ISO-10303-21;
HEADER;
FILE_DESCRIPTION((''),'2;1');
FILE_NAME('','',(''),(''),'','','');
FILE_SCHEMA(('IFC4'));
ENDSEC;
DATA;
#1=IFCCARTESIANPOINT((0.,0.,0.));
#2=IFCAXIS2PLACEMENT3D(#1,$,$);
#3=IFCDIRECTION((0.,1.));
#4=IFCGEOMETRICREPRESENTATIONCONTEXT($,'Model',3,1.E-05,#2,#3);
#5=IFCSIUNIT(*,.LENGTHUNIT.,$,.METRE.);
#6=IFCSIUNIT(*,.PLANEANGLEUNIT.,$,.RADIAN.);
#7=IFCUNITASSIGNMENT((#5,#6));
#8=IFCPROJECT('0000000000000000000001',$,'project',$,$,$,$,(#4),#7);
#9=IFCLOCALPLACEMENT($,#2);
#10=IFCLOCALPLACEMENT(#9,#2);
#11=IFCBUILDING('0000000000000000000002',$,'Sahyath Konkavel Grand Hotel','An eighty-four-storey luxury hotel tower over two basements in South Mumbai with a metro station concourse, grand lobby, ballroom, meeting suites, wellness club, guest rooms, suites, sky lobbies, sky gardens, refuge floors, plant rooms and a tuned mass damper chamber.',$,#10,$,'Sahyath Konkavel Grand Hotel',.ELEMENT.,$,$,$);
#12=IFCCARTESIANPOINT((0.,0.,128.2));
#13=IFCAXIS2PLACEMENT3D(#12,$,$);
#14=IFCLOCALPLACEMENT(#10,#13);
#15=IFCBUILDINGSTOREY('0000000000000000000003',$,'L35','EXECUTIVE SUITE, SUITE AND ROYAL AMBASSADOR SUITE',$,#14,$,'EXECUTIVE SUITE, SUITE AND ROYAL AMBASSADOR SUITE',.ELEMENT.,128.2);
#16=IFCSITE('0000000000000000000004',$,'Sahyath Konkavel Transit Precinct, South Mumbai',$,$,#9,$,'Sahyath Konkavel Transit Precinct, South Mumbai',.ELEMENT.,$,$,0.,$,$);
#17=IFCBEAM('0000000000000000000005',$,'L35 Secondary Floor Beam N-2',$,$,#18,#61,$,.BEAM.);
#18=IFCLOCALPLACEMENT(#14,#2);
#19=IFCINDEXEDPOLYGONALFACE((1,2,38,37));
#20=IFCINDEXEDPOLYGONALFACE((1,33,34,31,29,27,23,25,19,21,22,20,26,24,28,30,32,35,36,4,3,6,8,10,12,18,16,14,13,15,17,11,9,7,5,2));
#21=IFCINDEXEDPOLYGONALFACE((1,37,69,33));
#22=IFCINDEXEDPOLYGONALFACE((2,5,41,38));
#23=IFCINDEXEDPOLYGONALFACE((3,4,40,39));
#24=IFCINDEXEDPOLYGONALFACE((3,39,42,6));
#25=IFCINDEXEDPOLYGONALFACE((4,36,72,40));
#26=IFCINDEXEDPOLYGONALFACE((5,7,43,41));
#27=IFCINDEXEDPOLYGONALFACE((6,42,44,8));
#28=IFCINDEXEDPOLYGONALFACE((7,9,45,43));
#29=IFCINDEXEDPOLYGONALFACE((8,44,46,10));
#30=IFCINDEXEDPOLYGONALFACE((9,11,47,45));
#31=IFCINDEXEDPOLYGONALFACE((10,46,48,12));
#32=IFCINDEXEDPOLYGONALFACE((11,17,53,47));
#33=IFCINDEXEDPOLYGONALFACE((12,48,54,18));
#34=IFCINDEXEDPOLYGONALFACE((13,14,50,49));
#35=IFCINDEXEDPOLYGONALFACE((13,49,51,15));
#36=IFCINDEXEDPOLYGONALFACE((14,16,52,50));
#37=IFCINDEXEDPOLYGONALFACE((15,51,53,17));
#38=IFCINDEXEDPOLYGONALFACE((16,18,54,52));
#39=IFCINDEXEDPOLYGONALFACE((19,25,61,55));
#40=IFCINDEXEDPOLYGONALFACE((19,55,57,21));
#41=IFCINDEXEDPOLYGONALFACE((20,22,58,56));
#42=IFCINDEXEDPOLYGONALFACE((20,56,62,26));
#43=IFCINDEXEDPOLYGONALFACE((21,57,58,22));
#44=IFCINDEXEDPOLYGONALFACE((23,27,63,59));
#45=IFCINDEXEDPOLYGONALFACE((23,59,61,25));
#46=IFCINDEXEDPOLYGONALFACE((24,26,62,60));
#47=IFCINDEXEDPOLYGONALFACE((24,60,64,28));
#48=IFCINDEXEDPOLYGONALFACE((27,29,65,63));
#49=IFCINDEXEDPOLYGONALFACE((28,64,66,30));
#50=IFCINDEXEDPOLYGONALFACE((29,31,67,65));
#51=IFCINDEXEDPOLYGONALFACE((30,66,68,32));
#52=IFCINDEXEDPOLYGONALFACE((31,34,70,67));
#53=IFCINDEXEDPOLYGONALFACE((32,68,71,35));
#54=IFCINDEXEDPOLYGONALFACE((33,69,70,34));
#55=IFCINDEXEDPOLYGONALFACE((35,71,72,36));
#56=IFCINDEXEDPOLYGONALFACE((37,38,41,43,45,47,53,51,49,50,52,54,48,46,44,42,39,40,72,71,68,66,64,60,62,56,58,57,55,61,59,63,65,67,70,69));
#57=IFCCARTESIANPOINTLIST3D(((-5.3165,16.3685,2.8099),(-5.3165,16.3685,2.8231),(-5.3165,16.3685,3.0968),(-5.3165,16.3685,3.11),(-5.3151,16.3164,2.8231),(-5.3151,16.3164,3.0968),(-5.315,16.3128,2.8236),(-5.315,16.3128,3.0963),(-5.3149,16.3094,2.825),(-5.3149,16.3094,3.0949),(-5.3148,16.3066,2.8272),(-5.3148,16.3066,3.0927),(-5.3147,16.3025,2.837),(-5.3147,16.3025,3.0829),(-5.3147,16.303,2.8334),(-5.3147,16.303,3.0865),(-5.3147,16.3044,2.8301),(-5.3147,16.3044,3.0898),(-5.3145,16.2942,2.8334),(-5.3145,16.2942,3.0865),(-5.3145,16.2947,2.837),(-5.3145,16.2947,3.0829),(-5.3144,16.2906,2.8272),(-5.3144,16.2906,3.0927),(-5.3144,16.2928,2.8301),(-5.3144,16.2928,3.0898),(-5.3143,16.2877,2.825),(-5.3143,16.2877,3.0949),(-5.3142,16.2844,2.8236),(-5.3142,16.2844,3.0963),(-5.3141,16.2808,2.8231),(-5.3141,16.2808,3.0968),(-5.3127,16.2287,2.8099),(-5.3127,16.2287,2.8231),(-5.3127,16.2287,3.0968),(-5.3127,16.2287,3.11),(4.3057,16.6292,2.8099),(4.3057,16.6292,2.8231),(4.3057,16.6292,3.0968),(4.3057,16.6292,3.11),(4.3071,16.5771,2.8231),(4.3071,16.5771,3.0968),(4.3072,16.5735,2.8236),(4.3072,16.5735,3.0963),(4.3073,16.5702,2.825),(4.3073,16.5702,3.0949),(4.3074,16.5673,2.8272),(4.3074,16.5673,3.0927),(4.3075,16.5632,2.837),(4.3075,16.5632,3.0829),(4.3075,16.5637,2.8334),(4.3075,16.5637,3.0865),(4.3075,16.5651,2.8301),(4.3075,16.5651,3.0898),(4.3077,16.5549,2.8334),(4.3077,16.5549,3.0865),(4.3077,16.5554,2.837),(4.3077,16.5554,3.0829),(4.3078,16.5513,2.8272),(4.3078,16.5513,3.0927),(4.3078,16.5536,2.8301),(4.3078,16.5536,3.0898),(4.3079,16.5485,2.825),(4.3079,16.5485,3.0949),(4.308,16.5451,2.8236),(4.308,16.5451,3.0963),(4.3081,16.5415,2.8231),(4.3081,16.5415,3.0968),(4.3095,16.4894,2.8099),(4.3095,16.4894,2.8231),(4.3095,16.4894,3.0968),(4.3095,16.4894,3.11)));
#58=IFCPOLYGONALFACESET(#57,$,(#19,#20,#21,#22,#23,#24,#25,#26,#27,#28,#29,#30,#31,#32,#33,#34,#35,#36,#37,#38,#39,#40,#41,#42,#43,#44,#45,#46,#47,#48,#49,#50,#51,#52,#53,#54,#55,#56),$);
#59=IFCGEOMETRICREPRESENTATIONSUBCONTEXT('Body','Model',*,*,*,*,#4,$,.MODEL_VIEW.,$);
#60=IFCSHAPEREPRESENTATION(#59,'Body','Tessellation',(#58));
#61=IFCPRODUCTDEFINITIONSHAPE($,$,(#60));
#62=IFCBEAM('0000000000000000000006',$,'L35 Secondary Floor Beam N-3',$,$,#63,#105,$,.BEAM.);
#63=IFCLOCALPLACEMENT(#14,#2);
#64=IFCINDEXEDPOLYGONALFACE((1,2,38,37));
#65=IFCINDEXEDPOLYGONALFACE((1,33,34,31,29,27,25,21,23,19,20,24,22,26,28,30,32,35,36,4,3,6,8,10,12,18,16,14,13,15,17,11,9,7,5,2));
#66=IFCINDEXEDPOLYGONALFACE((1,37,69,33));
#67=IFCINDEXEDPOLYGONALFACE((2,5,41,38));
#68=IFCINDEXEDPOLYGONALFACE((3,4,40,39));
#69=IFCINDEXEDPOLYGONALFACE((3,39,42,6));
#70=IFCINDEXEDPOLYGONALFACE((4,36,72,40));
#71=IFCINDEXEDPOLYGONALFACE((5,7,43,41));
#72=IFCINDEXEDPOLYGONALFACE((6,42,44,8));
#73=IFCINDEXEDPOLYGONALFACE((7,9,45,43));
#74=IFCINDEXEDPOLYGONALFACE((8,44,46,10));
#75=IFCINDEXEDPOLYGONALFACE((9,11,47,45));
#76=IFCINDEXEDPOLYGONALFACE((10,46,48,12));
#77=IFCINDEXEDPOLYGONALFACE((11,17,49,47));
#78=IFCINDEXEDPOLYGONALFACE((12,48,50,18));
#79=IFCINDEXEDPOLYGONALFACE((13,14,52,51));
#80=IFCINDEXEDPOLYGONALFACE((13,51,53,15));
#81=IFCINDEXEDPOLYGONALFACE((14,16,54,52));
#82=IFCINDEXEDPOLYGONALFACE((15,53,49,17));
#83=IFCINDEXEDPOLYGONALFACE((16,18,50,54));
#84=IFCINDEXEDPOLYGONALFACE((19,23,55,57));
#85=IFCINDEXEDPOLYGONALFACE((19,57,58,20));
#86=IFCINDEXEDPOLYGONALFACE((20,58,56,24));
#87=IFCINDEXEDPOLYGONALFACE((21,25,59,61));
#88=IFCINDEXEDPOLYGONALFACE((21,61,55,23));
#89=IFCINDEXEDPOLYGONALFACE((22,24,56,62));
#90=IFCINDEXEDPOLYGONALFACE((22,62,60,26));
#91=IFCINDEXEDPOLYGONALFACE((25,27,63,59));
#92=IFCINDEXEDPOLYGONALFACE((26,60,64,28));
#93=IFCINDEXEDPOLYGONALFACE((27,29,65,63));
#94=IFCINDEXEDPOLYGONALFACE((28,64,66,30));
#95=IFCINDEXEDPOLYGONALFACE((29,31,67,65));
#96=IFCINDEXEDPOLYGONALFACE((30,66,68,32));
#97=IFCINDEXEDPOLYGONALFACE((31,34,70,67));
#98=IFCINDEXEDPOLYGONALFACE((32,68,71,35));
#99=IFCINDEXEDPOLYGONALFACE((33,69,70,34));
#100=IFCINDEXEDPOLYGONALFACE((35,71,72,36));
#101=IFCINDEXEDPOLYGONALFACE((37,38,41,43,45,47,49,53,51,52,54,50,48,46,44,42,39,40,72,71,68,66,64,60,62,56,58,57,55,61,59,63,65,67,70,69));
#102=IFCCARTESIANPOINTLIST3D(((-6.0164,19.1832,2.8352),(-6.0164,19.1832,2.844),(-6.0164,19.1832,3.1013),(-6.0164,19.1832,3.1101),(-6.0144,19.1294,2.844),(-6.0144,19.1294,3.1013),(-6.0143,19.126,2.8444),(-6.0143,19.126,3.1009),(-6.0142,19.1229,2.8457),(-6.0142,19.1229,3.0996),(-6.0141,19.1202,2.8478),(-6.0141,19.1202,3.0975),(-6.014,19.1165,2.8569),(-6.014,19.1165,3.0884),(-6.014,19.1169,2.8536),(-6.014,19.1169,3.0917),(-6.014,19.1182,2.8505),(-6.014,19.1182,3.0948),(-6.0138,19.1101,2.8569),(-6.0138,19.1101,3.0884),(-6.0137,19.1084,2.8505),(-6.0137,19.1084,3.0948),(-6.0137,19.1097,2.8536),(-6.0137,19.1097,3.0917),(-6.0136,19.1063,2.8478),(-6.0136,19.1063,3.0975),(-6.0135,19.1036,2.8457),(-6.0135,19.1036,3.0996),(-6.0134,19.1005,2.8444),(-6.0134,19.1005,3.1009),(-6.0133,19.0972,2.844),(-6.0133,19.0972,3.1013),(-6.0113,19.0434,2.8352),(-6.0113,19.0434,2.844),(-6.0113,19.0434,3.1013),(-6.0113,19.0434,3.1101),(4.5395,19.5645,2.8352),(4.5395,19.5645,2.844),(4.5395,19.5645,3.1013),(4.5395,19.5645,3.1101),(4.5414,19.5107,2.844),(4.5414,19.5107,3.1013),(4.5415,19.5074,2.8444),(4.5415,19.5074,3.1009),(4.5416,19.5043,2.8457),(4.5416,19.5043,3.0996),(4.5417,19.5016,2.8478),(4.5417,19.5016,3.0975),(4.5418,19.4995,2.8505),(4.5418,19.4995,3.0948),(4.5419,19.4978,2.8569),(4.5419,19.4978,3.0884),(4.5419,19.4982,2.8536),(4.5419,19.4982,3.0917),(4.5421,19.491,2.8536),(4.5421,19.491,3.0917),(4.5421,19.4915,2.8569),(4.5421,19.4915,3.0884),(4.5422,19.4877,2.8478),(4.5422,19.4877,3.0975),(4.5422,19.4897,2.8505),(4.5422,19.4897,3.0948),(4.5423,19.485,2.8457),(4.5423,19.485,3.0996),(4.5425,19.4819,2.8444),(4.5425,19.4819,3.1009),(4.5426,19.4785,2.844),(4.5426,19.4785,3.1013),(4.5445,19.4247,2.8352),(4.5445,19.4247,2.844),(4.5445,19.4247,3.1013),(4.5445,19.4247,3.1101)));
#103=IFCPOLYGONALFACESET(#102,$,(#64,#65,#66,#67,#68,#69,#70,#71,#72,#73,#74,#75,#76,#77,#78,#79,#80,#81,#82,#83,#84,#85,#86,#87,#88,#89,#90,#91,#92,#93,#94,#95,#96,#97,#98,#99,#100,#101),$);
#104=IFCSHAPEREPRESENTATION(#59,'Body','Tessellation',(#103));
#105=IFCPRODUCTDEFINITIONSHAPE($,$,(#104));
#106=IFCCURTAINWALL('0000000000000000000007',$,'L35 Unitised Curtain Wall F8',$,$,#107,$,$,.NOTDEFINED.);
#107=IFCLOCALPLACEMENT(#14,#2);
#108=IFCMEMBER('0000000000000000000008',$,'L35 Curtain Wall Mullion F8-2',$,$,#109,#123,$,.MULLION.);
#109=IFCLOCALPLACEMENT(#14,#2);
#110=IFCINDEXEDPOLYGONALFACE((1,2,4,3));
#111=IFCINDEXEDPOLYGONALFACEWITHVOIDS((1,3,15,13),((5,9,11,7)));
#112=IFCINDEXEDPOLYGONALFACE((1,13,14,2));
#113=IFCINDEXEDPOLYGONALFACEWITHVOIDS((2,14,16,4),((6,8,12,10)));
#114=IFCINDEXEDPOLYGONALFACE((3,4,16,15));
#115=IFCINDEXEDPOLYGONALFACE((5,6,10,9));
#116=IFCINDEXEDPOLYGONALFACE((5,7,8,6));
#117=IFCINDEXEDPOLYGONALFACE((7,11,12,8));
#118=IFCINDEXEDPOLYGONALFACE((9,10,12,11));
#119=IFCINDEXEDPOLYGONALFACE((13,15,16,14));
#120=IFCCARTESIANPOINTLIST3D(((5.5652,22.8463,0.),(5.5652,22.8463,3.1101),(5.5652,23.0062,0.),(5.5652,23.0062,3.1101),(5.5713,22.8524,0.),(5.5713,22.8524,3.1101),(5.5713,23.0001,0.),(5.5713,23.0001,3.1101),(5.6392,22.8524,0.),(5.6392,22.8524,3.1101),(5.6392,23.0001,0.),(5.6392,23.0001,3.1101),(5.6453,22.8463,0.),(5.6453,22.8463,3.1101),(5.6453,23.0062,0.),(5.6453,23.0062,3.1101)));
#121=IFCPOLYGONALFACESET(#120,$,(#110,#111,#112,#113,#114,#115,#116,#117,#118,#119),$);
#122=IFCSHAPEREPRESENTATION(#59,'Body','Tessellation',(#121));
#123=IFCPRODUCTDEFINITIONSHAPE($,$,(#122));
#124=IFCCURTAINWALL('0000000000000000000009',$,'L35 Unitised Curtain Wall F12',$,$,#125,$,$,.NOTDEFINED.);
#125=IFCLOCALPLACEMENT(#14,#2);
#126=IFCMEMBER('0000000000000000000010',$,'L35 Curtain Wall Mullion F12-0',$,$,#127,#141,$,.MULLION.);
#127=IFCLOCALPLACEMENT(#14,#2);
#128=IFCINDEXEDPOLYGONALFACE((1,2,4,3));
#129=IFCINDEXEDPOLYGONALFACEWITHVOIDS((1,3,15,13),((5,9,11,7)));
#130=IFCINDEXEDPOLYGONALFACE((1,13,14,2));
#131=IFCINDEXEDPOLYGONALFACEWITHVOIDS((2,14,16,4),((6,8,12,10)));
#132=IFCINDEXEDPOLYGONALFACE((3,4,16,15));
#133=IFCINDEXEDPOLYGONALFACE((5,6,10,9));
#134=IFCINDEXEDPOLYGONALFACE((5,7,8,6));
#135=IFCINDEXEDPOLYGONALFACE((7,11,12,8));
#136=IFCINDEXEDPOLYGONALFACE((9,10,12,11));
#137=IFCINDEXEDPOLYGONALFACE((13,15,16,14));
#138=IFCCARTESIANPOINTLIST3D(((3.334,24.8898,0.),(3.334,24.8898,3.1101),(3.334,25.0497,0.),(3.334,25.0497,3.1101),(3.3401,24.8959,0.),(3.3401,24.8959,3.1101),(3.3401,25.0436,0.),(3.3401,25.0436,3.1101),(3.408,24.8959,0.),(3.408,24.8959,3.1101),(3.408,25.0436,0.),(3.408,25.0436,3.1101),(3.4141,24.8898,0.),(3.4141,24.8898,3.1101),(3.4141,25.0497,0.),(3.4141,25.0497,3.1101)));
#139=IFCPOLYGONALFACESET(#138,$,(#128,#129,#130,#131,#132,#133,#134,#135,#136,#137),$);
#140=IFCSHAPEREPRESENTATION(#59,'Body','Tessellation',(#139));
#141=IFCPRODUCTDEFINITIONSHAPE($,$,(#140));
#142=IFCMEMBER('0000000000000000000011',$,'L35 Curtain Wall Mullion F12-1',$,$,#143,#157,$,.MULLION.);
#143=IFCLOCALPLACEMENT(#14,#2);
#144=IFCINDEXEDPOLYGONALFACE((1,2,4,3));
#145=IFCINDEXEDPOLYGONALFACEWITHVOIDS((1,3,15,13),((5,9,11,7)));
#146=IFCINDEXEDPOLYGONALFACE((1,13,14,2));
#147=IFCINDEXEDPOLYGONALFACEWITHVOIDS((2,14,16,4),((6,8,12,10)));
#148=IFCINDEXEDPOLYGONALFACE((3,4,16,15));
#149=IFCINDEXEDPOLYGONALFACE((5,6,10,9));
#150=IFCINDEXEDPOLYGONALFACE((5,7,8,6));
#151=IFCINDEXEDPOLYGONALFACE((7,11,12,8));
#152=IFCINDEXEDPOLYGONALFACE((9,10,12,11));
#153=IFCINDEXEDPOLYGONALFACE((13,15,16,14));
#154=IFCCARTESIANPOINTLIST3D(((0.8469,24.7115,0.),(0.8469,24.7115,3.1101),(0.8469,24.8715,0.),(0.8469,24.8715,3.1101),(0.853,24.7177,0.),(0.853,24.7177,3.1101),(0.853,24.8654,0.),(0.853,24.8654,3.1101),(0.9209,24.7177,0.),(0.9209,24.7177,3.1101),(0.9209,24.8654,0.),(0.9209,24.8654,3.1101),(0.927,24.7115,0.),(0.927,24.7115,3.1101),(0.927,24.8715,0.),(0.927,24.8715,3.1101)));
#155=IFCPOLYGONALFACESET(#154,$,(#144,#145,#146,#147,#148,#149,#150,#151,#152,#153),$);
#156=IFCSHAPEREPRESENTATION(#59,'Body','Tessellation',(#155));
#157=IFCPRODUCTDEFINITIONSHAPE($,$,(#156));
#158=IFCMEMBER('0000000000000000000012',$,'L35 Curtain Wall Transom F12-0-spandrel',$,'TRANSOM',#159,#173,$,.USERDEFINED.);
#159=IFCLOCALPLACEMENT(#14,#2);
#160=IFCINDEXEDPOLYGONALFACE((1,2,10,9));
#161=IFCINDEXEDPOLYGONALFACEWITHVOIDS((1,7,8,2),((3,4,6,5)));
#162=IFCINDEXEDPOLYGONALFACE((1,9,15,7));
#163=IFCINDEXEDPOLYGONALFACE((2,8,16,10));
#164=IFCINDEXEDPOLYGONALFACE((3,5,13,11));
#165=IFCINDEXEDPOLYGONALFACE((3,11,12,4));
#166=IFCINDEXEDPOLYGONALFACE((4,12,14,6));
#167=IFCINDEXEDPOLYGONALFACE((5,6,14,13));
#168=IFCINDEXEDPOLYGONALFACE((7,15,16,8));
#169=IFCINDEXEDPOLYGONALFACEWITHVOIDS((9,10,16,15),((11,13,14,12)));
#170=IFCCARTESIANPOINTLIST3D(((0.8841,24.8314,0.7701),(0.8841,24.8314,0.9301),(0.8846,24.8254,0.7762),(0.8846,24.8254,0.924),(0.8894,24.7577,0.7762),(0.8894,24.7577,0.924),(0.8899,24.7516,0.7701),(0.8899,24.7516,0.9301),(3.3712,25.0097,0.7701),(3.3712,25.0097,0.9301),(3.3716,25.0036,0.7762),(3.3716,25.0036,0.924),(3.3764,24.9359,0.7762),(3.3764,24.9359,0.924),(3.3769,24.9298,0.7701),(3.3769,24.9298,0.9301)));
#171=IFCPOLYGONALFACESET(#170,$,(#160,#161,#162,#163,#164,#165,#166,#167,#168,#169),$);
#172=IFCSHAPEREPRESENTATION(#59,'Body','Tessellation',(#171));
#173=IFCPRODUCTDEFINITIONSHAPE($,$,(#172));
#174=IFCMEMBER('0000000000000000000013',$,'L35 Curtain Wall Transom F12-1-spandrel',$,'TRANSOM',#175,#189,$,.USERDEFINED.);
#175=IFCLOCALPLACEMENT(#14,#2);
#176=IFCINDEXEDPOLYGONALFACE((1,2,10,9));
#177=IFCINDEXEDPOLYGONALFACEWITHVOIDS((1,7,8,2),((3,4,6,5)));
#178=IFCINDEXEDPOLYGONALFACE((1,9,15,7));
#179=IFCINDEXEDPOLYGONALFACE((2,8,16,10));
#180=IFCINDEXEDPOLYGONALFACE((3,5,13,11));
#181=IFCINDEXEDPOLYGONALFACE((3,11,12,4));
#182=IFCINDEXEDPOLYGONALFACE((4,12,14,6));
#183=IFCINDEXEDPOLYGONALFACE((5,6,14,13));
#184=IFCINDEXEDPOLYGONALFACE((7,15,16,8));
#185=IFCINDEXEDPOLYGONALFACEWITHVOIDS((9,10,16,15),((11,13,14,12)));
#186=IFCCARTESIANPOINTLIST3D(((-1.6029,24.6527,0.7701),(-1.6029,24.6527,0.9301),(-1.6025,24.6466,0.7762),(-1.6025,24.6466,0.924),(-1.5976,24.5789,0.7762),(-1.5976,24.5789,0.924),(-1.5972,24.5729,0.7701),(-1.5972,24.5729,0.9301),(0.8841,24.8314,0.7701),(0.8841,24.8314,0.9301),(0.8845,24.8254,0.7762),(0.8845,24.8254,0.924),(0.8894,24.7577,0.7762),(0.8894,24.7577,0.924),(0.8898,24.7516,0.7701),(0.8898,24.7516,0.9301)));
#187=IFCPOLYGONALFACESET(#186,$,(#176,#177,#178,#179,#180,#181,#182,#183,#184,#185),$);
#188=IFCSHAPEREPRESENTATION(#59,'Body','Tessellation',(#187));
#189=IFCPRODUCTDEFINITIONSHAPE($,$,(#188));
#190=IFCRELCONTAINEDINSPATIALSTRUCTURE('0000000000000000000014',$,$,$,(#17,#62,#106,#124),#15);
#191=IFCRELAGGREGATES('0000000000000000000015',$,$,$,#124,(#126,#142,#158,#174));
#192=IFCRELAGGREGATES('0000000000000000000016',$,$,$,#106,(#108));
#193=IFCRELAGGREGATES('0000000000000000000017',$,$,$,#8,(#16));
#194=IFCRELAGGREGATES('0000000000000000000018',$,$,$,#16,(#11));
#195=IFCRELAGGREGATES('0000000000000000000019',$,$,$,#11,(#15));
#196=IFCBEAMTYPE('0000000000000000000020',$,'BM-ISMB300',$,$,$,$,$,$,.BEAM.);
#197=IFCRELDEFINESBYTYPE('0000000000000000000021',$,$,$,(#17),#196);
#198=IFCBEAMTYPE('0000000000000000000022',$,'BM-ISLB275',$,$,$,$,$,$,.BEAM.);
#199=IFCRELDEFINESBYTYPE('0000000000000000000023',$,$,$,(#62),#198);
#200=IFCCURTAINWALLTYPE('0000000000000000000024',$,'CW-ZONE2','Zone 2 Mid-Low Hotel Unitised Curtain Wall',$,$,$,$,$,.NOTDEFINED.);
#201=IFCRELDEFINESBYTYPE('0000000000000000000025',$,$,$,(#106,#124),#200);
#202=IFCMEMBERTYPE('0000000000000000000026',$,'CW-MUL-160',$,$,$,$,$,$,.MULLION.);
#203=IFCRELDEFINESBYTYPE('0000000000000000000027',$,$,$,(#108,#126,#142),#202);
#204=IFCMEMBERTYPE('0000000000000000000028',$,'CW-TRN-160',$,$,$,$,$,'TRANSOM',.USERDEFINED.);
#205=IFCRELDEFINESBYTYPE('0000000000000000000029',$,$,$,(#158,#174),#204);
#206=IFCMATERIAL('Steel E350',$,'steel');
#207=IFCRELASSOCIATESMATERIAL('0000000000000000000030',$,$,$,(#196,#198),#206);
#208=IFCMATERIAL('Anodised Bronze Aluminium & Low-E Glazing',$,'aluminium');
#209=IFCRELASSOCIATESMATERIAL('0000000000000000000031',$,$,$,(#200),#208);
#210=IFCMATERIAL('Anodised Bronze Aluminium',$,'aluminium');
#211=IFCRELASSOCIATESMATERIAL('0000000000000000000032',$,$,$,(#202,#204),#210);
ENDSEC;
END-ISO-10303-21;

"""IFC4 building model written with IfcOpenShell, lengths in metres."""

from ifc_helpers import new_model, si_unit, direction, frame, origin, origin_2d, place, context, subcontext, project, spatial, hollow_rectangle, i_section, extrude, source, transform, mapped, material, material_profile, profile_set, type_object, element, aggregate, save


model = new_model("IFC4")

# Units and contexts
model_context = context("Model", 3, precision=1e-05, world=origin(), true_north=direction((0.0, 1.0)))
body_context = subcontext(model_context, "Body", "Model", "MODEL_VIEW")
ifc_project = project(units=[si_unit("LENGTHUNIT", "METRE"), si_unit("PLANEANGLEUNIT", "RADIAN")], contexts=[model_context])

# Site, building, storey
site_placement = place(None, origin())
site = spatial("IfcSite", under=ifc_project, at=site_placement, Name="Sahyath Konkavel Transit Precinct, South Mumbai", LongName="Sahyath Konkavel Transit Precinct, South Mumbai", CompositionType="ELEMENT", RefElevation=0.0)
building_placement = place(site_placement, origin())
building = spatial("IfcBuilding", under=site, at=building_placement, Name="Sahyath Konkavel Grand Hotel", Description="An eighty-four-storey luxury hotel tower over two basements in South Mumbai with a metro station concourse, grand lobby, ballroom, meeting suites, wellness club, guest rooms, suites, sky lobbies, sky gardens, refuge floors, plant rooms and a tuned mass damper chamber.", LongName="Sahyath Konkavel Grand Hotel", CompositionType="ELEMENT")
storey_placement = place(building_placement, frame((0.0, 0.0, 128.2)))
storey = spatial("IfcBuildingStorey", under=building, at=storey_placement, Name="L35", Description="EXECUTIVE SUITE, SUITE AND ROYAL AMBASSADOR SUITE", LongName="EXECUTIVE SUITE, SUITE AND ROYAL AMBASSADOR SUITE", CompositionType="ELEMENT", Elevation=128.2)

# Beams
ifc_material_1 = material(Name="Steel E350", Category="steel")
ifc_material_profile_1 = material_profile(ifc_material_1, i_section(OverallWidth=0.1399, OverallDepth=0.3, WebThickness=0.0078, FlangeThickness=0.0132, FilletRadius=0.0139, at=origin_2d()), Name="ISMB 300")
ifc_profile_set_1 = profile_set([ifc_material_profile_1], Name="Steel E350")
beam_type_1 = type_object("IfcBeamType", Name="BM-ISMB300", PredefinedType="BEAM", material=ifc_profile_set_1)
shared_shape_1 = source(origin(), body_context, "Body", "SweptSolid", [
    extrude(i_section(OverallWidth=0.1399, OverallDepth=0.3, WebThickness=0.0078, FlangeThickness=0.0132, FilletRadius=0.0139, at=origin_2d()), origin(), (0.0, 0.0, 1.0), 9.6257),
])
beam_1_placement = place(storey_placement, frame((4.3076, 16.5593, 2.96), z_axis=(-0.999633, -0.027088, 0.0), x_axis=(0.027088, -0.999633, 0.0)))
element("IfcBeam", 1, at=beam_1_placement, inside=storey, type_object=beam_type_1, Name="L35 Secondary Floor Beam N-2", PredefinedType="BEAM", context=body_context, shape_type="MappedRepresentation", body=[
    mapped(shared_shape_1, transform((0.0, 0.0, 0.0), scale=1.0)),
])
ifc_material_profile_2 = material_profile(ifc_material_1, i_section(OverallWidth=0.1399, OverallDepth=0.2749, WebThickness=0.0063, FlangeThickness=0.0088, FilletRadius=0.0129, at=origin_2d()), Name="ISLB 275")
ifc_profile_set_2 = profile_set([ifc_material_profile_2], Name="Steel E350")
beam_type_2 = type_object("IfcBeamType", Name="BM-ISLB275", PredefinedType="BEAM", material=ifc_profile_set_2)
shared_shape_2 = source(origin(), body_context, "Body", "SweptSolid", [
    extrude(i_section(OverallWidth=0.1399, OverallDepth=0.2749, WebThickness=0.0063, FlangeThickness=0.0088, FilletRadius=0.0129, at=origin_2d()), origin(), (0.0, 0.0, 1.0), 10.5627),
])
beam_2_placement = place(storey_placement, frame((4.542, 19.4946, 2.9727), z_axis=(-0.999348, -0.036103, 0.0), x_axis=(0.036103, -0.999348, 0.0)))
element("IfcBeam", 2, at=beam_2_placement, inside=storey, type_object=beam_type_2, Name="L35 Secondary Floor Beam N-3", PredefinedType="BEAM", context=body_context, shape_type="MappedRepresentation", body=[
    mapped(shared_shape_2, transform((0.0, 0.0, 0.0), scale=1.0)),
])

# Curtain wall, member
ifc_material_2 = material(Name="Anodised Bronze Aluminium & Low-E Glazing", Category="aluminium")
curtain_wall_type = type_object("IfcCurtainWallType", Name="CW-ZONE2", Description="Zone 2 Mid-Low Hotel Unitised Curtain Wall", PredefinedType="NOTDEFINED", material=ifc_material_2)
curtain_wall_1_placement = place(storey_placement, origin())
curtain_wall_1 = element("IfcCurtainWall", 3, at=curtain_wall_1_placement, inside=storey, type_object=curtain_wall_type, Name="L35 Unitised Curtain Wall F8", PredefinedType="NOTDEFINED")
ifc_material_3 = material(Name="Anodised Bronze Aluminium", Category="aluminium")
ifc_material_profile_3 = material_profile(ifc_material_3, hollow_rectangle(XDim=0.0801, YDim=0.1599, WallThickness=0.0061, at=origin_2d()), Name="RHS 160x80x6")
ifc_profile_set_3 = profile_set([ifc_material_profile_3], Name="Anodised Bronze Aluminium")
member_type_1 = type_object("IfcMemberType", Name="CW-MUL-160", PredefinedType="MULLION", material=ifc_profile_set_3)
shared_shape_3 = source(origin(), body_context, "Body", "SweptSolid", [
    extrude(hollow_rectangle(XDim=0.0801, YDim=0.1599, WallThickness=0.0061, at=origin_2d()), origin(), (0.0, 0.0, 1.0), 3.1101),
])
member_1_placement = place(storey_placement, frame((5.6052, 22.9263, 0.0), z_axis=(0.0, 0.0, 1.0), x_axis=(1.0, 0.0, 0.0)))
member_1 = element("IfcMember", 4, at=member_1_placement, type_object=member_type_1, Name="L35 Curtain Wall Mullion F8-2", PredefinedType="MULLION", context=body_context, shape_type="MappedRepresentation", body=[
    mapped(shared_shape_3, transform((0.0, 0.0, 0.0), scale=1.0)),
])

# Curtain wall, members
curtain_wall_2_placement = place(storey_placement, origin())
curtain_wall_2 = element("IfcCurtainWall", 5, at=curtain_wall_2_placement, inside=storey, type_object=curtain_wall_type, Name="L35 Unitised Curtain Wall F12", PredefinedType="NOTDEFINED")
member_2_placement = place(storey_placement, frame((3.374, 24.9697, 0.0), z_axis=(0.0, 0.0, 1.0), x_axis=(1.0, 0.0, 0.0)))
member_2 = element("IfcMember", 6, at=member_2_placement, type_object=member_type_1, Name="L35 Curtain Wall Mullion F12-0", PredefinedType="MULLION", context=body_context, shape_type="MappedRepresentation", body=[
    mapped(shared_shape_3, transform((0.0, 0.0, 0.0), scale=1.0)),
])
member_3_placement = place(storey_placement, frame((0.887, 24.7915, 0.0), z_axis=(0.0, 0.0, 1.0), x_axis=(1.0, 0.0, 0.0)))
member_3 = element("IfcMember", 7, at=member_3_placement, type_object=member_type_1, Name="L35 Curtain Wall Mullion F12-1", PredefinedType="MULLION", context=body_context, shape_type="MappedRepresentation", body=[
    mapped(shared_shape_3, transform((0.0, 0.0, 0.0), scale=1.0)),
])
ifc_material_profile_4 = material_profile(ifc_material_3, hollow_rectangle(XDim=0.0801, YDim=0.1599, WallThickness=0.0061, at=origin_2d()), Name="RHS 160x80x6")
ifc_profile_set_4 = profile_set([ifc_material_profile_4], Name="Anodised Bronze Aluminium")
member_type_2 = type_object("IfcMemberType", Name="CW-TRN-160", ElementType="TRANSOM", PredefinedType="USERDEFINED", material=ifc_profile_set_4)
shared_shape_4 = source(origin(), body_context, "Body", "SweptSolid", [
    extrude(hollow_rectangle(XDim=0.0801, YDim=0.1599, WallThickness=0.0061, at=origin_2d()), origin(), (0.0, 0.0, 1.0), 2.4934),
])
member_4_placement = place(storey_placement, frame((3.374, 24.9697, 0.8501), z_axis=(-0.997442, -0.071477, 0.0), x_axis=(0.071477, -0.997442, 0.0)))
member_4 = element("IfcMember", 8, at=member_4_placement, type_object=member_type_2, Name="L35 Curtain Wall Transom F12-0-spandrel", ObjectType="TRANSOM", PredefinedType="USERDEFINED", context=body_context, shape_type="MappedRepresentation", body=[
    mapped(shared_shape_4, transform((0.0, 0.0, 0.0), scale=1.0)),
])
member_5_placement = place(storey_placement, frame((0.887, 24.7915, 0.8501), z_axis=(-0.997428, -0.071671, 0.0), x_axis=(0.071671, -0.997428, 0.0)))
member_5 = element("IfcMember", 9, at=member_5_placement, type_object=member_type_2, Name="L35 Curtain Wall Transom F12-1-spandrel", ObjectType="TRANSOM", PredefinedType="USERDEFINED", context=body_context, shape_type="MappedRepresentation", body=[
    mapped(shared_shape_4, transform((0.0, 0.0, 0.0), scale=1.0)),
])

aggregate(curtain_wall_2, [member_2, member_3, member_4, member_5])
aggregate(curtain_wall_1, [member_1])

save(model, "model.ifc")
